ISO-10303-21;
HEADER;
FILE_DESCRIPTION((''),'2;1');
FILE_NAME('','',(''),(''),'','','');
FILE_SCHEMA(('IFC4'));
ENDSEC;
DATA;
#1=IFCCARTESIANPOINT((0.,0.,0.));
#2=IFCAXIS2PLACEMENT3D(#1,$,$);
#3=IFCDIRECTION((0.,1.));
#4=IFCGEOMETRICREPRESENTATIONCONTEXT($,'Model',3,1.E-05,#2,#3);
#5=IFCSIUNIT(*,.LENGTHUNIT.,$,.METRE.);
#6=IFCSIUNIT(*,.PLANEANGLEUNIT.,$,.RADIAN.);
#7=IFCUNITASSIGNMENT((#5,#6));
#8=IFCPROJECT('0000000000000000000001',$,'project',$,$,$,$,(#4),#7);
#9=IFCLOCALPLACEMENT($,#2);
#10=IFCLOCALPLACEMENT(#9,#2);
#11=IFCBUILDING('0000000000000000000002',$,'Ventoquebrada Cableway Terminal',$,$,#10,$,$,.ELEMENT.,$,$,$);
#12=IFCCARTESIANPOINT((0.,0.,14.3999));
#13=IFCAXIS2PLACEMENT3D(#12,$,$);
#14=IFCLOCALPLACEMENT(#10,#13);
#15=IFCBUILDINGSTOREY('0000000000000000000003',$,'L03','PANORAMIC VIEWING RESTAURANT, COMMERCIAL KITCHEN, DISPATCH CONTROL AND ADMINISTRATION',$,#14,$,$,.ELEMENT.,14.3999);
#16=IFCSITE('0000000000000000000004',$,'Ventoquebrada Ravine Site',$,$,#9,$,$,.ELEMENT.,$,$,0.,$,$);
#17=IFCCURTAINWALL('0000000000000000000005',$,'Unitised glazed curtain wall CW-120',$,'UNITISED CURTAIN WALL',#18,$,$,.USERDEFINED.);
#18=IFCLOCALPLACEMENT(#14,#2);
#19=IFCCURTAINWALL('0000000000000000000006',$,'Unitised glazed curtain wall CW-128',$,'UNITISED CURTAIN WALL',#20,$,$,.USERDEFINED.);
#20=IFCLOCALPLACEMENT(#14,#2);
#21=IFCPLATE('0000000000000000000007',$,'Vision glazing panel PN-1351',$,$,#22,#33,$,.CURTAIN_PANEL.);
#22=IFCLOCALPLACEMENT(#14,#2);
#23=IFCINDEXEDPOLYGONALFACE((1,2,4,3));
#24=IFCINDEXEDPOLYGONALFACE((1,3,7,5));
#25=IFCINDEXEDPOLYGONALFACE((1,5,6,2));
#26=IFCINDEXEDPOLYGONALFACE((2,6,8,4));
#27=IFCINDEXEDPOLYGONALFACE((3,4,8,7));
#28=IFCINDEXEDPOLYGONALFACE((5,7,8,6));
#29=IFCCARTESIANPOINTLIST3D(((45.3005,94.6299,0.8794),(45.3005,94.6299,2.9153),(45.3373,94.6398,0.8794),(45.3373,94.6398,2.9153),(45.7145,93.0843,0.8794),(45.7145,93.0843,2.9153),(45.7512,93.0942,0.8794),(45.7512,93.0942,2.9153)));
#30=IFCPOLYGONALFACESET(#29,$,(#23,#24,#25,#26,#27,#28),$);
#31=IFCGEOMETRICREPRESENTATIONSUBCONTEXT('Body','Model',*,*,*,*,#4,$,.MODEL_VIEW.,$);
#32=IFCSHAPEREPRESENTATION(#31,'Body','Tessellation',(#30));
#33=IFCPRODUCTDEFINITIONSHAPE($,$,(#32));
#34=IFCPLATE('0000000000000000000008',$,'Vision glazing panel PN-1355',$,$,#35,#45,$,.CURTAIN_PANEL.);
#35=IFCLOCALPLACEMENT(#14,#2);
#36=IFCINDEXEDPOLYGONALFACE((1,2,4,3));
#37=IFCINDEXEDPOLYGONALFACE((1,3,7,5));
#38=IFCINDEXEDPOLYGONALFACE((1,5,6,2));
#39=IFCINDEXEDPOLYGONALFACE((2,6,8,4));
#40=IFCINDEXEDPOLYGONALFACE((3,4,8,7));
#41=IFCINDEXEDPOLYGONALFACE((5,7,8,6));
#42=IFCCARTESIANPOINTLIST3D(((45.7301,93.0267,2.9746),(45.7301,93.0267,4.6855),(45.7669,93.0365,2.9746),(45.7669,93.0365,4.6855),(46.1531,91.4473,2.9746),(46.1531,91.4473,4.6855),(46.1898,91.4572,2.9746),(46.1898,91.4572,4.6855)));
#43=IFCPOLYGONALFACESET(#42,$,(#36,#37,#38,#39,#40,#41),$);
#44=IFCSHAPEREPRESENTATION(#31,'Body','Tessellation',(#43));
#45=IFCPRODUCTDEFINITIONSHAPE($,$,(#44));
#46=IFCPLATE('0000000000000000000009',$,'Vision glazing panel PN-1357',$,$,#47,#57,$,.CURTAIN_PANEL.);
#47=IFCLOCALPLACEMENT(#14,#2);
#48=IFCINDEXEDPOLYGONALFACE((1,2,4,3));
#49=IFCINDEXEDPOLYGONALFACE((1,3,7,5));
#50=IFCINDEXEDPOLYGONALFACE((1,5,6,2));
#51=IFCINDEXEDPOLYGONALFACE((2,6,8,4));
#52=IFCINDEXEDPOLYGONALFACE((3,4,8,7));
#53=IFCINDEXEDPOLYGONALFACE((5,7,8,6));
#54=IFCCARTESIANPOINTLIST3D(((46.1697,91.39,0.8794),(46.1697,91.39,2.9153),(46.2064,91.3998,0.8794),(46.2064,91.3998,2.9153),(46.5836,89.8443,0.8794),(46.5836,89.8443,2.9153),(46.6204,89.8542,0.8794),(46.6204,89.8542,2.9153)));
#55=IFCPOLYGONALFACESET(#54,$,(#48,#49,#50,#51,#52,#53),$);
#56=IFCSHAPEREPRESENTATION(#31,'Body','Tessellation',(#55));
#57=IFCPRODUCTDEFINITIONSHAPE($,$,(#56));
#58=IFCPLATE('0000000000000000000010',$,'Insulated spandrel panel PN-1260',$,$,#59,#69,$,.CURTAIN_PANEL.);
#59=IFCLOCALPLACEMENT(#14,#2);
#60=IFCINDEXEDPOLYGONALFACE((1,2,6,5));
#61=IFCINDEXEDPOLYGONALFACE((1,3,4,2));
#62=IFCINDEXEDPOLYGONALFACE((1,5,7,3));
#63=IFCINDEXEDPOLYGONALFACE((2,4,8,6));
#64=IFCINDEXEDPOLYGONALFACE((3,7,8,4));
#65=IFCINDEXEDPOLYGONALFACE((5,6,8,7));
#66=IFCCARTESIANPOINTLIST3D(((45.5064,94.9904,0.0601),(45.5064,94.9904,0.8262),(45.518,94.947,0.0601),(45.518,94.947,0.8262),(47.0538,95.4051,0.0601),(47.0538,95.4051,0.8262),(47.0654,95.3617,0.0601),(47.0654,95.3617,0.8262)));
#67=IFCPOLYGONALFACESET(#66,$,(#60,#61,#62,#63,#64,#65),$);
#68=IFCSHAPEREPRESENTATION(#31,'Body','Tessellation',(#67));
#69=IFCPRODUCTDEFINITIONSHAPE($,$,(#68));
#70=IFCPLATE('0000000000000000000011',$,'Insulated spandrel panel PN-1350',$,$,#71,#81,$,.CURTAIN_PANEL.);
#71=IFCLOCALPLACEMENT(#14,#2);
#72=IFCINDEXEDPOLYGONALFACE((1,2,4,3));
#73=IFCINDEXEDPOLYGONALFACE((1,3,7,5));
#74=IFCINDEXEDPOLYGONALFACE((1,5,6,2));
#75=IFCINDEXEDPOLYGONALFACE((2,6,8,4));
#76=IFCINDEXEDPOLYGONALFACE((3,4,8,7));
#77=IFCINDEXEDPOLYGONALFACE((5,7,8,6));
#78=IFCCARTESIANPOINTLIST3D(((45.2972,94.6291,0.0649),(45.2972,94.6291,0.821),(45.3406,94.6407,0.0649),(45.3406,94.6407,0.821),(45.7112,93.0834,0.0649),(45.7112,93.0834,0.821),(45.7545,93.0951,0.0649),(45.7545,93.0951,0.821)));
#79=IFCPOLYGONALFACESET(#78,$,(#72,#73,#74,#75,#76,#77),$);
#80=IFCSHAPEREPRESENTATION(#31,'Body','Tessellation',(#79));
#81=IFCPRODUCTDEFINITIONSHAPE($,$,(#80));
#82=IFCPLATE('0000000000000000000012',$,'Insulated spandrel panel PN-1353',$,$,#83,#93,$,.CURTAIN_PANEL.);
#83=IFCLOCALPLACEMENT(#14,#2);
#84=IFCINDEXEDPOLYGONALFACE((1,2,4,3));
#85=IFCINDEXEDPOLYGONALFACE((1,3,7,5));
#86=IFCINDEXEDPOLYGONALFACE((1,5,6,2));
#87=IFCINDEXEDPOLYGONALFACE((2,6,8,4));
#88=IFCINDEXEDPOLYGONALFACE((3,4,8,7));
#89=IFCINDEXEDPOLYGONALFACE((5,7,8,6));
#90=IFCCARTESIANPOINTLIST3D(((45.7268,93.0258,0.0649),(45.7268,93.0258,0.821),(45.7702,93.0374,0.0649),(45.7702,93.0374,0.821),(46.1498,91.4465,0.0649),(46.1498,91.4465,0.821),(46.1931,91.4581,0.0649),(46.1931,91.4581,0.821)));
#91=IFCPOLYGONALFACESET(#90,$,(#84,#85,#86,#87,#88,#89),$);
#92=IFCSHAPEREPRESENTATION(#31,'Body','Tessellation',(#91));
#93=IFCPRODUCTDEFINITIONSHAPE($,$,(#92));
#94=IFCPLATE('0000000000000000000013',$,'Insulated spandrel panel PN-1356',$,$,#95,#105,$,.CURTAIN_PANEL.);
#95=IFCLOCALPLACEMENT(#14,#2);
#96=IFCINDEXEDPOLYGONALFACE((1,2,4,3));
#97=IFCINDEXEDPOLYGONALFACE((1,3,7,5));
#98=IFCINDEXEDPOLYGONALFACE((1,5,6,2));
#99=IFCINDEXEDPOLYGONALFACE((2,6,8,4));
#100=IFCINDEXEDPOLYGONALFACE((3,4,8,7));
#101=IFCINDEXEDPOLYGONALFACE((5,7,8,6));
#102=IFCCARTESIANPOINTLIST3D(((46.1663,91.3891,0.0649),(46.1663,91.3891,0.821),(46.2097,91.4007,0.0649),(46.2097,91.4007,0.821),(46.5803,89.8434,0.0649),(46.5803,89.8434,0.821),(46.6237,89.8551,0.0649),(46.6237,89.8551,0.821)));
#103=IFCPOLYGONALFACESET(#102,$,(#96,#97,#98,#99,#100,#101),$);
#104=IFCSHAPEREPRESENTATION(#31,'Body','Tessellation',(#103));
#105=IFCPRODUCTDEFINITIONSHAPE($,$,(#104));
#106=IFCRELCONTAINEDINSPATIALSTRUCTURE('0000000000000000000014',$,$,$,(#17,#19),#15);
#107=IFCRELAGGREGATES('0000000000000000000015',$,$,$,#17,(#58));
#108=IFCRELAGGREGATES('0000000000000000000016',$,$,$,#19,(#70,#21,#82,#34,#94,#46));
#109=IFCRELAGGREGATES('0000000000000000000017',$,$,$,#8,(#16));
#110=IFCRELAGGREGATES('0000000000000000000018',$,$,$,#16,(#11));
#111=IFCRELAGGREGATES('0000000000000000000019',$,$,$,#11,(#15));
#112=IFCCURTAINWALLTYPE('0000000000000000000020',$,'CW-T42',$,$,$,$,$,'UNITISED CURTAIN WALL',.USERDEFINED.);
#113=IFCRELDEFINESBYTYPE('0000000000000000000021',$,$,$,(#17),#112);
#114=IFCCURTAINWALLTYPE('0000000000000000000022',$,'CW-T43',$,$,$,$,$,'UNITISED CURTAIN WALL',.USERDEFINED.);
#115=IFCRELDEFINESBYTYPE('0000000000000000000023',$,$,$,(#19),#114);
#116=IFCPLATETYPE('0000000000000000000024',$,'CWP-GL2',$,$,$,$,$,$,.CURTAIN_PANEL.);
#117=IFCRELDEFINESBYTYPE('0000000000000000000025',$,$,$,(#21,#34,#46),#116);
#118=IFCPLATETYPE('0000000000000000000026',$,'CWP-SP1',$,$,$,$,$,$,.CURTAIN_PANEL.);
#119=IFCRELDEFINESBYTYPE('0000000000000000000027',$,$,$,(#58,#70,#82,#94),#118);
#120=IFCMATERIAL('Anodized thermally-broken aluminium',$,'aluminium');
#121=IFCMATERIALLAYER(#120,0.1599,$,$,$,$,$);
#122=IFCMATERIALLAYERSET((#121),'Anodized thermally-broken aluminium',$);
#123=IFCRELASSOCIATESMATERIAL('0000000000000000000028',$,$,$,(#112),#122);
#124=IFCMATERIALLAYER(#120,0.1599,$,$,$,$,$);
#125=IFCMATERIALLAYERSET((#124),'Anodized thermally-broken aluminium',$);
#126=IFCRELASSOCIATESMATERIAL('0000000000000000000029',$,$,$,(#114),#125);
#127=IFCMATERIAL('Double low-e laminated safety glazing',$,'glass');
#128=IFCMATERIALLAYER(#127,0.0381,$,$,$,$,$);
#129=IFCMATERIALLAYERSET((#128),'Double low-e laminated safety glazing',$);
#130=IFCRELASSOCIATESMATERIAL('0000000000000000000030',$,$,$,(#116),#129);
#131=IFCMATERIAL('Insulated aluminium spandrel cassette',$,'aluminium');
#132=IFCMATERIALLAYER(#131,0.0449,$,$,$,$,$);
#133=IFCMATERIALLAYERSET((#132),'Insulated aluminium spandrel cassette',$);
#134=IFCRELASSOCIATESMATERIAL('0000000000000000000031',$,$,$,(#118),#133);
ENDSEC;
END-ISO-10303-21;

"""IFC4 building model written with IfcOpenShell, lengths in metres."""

from ifc_helpers import new_model, si_unit, direction, frame, origin, origin_2d, place, context, subcontext, project, spatial, rectangle, extrude, material, layer, layer_set, type_object, element, aggregate, save


model = new_model("IFC4")

# Units and contexts
model_context = context("Model", 3, precision=1e-05, world=origin(), true_north=direction((0.0, 1.0)))
body_context = subcontext(model_context, "Body", "Model", "MODEL_VIEW")
ifc_project = project(units=[si_unit("LENGTHUNIT", "METRE"), si_unit("PLANEANGLEUNIT", "RADIAN")], contexts=[model_context])

# Site, building, storey
site_placement = place(None, origin())
site = spatial("IfcSite", under=ifc_project, at=site_placement, Name="Ventoquebrada Ravine Site", CompositionType="ELEMENT", RefElevation=0.0)
building_placement = place(site_placement, origin())
building = spatial("IfcBuilding", under=site, at=building_placement, Name="Ventoquebrada Cableway Terminal", CompositionType="ELEMENT")
storey_placement = place(building_placement, frame((0.0, 0.0, 14.3999)))
storey = spatial("IfcBuildingStorey", under=building, at=storey_placement, Name="L03", Description="PANORAMIC VIEWING RESTAURANT, COMMERCIAL KITCHEN, DISPATCH CONTROL AND ADMINISTRATION", CompositionType="ELEMENT", Elevation=14.3999)

# Curtain wall
ifc_material_1 = material(Name="Anodized thermally-broken aluminium", Category="aluminium")
ifc_layer_1 = layer(ifc_material_1, 0.1599)
ifc_layer_set_1 = layer_set([ifc_layer_1], Name="Anodized thermally-broken aluminium")
curtain_wall_type_1 = type_object("IfcCurtainWallType", Name="CW-T42", ElementType="UNITISED CURTAIN WALL", PredefinedType="USERDEFINED", material=ifc_layer_set_1)
curtain_wall_1_placement = place(storey_placement, origin())
curtain_wall_1 = element("IfcCurtainWall", 1, at=curtain_wall_1_placement, inside=storey, type_object=curtain_wall_type_1, Name="Unitised glazed curtain wall CW-120", ObjectType="UNITISED CURTAIN WALL", PredefinedType="USERDEFINED")

# Curtain wall
ifc_layer_2 = layer(ifc_material_1, 0.1599)
ifc_layer_set_2 = layer_set([ifc_layer_2], Name="Anodized thermally-broken aluminium")
curtain_wall_type_2 = type_object("IfcCurtainWallType", Name="CW-T43", ElementType="UNITISED CURTAIN WALL", PredefinedType="USERDEFINED", material=ifc_layer_set_2)
curtain_wall_2_placement = place(storey_placement, origin())
curtain_wall_2 = element("IfcCurtainWall", 2, at=curtain_wall_2_placement, inside=storey, type_object=curtain_wall_type_2, Name="Unitised glazed curtain wall CW-128", ObjectType="UNITISED CURTAIN WALL", PredefinedType="USERDEFINED")

# Plates
ifc_material_2 = material(Name="Double low-e laminated safety glazing", Category="glass")
ifc_layer_3 = layer(ifc_material_2, 0.0381)
ifc_layer_set_3 = layer_set([ifc_layer_3], Name="Double low-e laminated safety glazing")
plate_type_1 = type_object("IfcPlateType", Name="CWP-GL2", PredefinedType="CURTAIN_PANEL", material=ifc_layer_set_3)
plate_1_placement = place(storey_placement, frame((45.5259, 93.8621, 0.8794), z_axis=(0.0, 0.0, 1.0), x_axis=(0.258701, -0.965957, 0.0)))
plate_1 = element("IfcPlate", 3, at=plate_1_placement, type_object=plate_type_1, Name="Vision glazing panel PN-1351", PredefinedType="CURTAIN_PANEL", context=body_context, shape_type="SweptSolid", body=[
    extrude(rectangle(XDim=1.6001, YDim=0.0381, at=origin_2d()), origin(), (0.0, 0.0, 1.0), 2.0359),
])
plate_2_placement = place(storey_placement, frame((45.96, 92.2419, 2.9746), z_axis=(0.0, 0.0, 1.0), x_axis=(0.258701, -0.965957, 0.0)))
plate_2 = element("IfcPlate", 4, at=plate_2_placement, type_object=plate_type_1, Name="Vision glazing panel PN-1355", PredefinedType="CURTAIN_PANEL", context=body_context, shape_type="SweptSolid", body=[
    extrude(rectangle(XDim=1.635, YDim=0.0381, at=origin_2d()), origin(), (0.0, 0.0, 1.0), 1.7109),
])
plate_3_placement = place(storey_placement, frame((46.395, 90.6221, 0.8794), z_axis=(0.0, 0.0, 1.0), x_axis=(0.258701, -0.965957, 0.0)))
plate_3 = element("IfcPlate", 5, at=plate_3_placement, type_object=plate_type_1, Name="Vision glazing panel PN-1357", PredefinedType="CURTAIN_PANEL", context=body_context, shape_type="SweptSolid", body=[
    extrude(rectangle(XDim=1.6001, YDim=0.0381, at=origin_2d()), origin(), (0.0, 0.0, 1.0), 2.0359),
])
ifc_material_3 = material(Name="Insulated aluminium spandrel cassette", Category="aluminium")
ifc_layer_4 = layer(ifc_material_3, 0.0449)
ifc_layer_set_4 = layer_set([ifc_layer_4], Name="Insulated aluminium spandrel cassette")
plate_type_2 = type_object("IfcPlateType", Name="CWP-SP1", PredefinedType="CURTAIN_PANEL", material=ifc_layer_set_4)
plate_4_placement = place(storey_placement, frame((46.2859, 95.176, 0.0601), z_axis=(0.0, 0.0, 1.0), x_axis=(-0.965912, -0.25887, 0.0)))
plate_4 = element("IfcPlate", 6, at=plate_4_placement, type_object=plate_type_2, Name="Insulated spandrel panel PN-1260", PredefinedType="CURTAIN_PANEL", context=body_context, shape_type="SweptSolid", body=[
    extrude(rectangle(XDim=1.6021, YDim=0.0449, at=origin_2d()), origin(), (0.0, 0.0, 1.0), 0.7661),
])
aggregate(curtain_wall_1, [plate_4])
plate_5_placement = place(storey_placement, frame((45.5259, 93.8621, 0.0649), z_axis=(0.0, 0.0, 1.0), x_axis=(0.258701, -0.965957, 0.0)))
plate_5 = element("IfcPlate", 7, at=plate_5_placement, type_object=plate_type_2, Name="Insulated spandrel panel PN-1350", PredefinedType="CURTAIN_PANEL", context=body_context, shape_type="SweptSolid", body=[
    extrude(rectangle(XDim=1.6001, YDim=0.0449, at=origin_2d()), origin(), (0.0, 0.0, 1.0), 0.7561),
])
plate_6_placement = place(storey_placement, frame((45.96, 92.2419, 0.0649), z_axis=(0.0, 0.0, 1.0), x_axis=(0.258701, -0.965957, 0.0)))
plate_6 = element("IfcPlate", 8, at=plate_6_placement, type_object=plate_type_2, Name="Insulated spandrel panel PN-1353", PredefinedType="CURTAIN_PANEL", context=body_context, shape_type="SweptSolid", body=[
    extrude(rectangle(XDim=1.635, YDim=0.0449, at=origin_2d()), origin(), (0.0, 0.0, 1.0), 0.7561),
])
plate_7_placement = place(storey_placement, frame((46.395, 90.6221, 0.0649), z_axis=(0.0, 0.0, 1.0), x_axis=(0.258701, -0.965957, 0.0)))
plate_7 = element("IfcPlate", 9, at=plate_7_placement, type_object=plate_type_2, Name="Insulated spandrel panel PN-1356", PredefinedType="CURTAIN_PANEL", context=body_context, shape_type="SweptSolid", body=[
    extrude(rectangle(XDim=1.6001, YDim=0.0449, at=origin_2d()), origin(), (0.0, 0.0, 1.0), 0.7561),
])
aggregate(curtain_wall_2, [plate_5, plate_1, plate_6, plate_2, plate_7, plate_3])

save(model, "model.ifc")
